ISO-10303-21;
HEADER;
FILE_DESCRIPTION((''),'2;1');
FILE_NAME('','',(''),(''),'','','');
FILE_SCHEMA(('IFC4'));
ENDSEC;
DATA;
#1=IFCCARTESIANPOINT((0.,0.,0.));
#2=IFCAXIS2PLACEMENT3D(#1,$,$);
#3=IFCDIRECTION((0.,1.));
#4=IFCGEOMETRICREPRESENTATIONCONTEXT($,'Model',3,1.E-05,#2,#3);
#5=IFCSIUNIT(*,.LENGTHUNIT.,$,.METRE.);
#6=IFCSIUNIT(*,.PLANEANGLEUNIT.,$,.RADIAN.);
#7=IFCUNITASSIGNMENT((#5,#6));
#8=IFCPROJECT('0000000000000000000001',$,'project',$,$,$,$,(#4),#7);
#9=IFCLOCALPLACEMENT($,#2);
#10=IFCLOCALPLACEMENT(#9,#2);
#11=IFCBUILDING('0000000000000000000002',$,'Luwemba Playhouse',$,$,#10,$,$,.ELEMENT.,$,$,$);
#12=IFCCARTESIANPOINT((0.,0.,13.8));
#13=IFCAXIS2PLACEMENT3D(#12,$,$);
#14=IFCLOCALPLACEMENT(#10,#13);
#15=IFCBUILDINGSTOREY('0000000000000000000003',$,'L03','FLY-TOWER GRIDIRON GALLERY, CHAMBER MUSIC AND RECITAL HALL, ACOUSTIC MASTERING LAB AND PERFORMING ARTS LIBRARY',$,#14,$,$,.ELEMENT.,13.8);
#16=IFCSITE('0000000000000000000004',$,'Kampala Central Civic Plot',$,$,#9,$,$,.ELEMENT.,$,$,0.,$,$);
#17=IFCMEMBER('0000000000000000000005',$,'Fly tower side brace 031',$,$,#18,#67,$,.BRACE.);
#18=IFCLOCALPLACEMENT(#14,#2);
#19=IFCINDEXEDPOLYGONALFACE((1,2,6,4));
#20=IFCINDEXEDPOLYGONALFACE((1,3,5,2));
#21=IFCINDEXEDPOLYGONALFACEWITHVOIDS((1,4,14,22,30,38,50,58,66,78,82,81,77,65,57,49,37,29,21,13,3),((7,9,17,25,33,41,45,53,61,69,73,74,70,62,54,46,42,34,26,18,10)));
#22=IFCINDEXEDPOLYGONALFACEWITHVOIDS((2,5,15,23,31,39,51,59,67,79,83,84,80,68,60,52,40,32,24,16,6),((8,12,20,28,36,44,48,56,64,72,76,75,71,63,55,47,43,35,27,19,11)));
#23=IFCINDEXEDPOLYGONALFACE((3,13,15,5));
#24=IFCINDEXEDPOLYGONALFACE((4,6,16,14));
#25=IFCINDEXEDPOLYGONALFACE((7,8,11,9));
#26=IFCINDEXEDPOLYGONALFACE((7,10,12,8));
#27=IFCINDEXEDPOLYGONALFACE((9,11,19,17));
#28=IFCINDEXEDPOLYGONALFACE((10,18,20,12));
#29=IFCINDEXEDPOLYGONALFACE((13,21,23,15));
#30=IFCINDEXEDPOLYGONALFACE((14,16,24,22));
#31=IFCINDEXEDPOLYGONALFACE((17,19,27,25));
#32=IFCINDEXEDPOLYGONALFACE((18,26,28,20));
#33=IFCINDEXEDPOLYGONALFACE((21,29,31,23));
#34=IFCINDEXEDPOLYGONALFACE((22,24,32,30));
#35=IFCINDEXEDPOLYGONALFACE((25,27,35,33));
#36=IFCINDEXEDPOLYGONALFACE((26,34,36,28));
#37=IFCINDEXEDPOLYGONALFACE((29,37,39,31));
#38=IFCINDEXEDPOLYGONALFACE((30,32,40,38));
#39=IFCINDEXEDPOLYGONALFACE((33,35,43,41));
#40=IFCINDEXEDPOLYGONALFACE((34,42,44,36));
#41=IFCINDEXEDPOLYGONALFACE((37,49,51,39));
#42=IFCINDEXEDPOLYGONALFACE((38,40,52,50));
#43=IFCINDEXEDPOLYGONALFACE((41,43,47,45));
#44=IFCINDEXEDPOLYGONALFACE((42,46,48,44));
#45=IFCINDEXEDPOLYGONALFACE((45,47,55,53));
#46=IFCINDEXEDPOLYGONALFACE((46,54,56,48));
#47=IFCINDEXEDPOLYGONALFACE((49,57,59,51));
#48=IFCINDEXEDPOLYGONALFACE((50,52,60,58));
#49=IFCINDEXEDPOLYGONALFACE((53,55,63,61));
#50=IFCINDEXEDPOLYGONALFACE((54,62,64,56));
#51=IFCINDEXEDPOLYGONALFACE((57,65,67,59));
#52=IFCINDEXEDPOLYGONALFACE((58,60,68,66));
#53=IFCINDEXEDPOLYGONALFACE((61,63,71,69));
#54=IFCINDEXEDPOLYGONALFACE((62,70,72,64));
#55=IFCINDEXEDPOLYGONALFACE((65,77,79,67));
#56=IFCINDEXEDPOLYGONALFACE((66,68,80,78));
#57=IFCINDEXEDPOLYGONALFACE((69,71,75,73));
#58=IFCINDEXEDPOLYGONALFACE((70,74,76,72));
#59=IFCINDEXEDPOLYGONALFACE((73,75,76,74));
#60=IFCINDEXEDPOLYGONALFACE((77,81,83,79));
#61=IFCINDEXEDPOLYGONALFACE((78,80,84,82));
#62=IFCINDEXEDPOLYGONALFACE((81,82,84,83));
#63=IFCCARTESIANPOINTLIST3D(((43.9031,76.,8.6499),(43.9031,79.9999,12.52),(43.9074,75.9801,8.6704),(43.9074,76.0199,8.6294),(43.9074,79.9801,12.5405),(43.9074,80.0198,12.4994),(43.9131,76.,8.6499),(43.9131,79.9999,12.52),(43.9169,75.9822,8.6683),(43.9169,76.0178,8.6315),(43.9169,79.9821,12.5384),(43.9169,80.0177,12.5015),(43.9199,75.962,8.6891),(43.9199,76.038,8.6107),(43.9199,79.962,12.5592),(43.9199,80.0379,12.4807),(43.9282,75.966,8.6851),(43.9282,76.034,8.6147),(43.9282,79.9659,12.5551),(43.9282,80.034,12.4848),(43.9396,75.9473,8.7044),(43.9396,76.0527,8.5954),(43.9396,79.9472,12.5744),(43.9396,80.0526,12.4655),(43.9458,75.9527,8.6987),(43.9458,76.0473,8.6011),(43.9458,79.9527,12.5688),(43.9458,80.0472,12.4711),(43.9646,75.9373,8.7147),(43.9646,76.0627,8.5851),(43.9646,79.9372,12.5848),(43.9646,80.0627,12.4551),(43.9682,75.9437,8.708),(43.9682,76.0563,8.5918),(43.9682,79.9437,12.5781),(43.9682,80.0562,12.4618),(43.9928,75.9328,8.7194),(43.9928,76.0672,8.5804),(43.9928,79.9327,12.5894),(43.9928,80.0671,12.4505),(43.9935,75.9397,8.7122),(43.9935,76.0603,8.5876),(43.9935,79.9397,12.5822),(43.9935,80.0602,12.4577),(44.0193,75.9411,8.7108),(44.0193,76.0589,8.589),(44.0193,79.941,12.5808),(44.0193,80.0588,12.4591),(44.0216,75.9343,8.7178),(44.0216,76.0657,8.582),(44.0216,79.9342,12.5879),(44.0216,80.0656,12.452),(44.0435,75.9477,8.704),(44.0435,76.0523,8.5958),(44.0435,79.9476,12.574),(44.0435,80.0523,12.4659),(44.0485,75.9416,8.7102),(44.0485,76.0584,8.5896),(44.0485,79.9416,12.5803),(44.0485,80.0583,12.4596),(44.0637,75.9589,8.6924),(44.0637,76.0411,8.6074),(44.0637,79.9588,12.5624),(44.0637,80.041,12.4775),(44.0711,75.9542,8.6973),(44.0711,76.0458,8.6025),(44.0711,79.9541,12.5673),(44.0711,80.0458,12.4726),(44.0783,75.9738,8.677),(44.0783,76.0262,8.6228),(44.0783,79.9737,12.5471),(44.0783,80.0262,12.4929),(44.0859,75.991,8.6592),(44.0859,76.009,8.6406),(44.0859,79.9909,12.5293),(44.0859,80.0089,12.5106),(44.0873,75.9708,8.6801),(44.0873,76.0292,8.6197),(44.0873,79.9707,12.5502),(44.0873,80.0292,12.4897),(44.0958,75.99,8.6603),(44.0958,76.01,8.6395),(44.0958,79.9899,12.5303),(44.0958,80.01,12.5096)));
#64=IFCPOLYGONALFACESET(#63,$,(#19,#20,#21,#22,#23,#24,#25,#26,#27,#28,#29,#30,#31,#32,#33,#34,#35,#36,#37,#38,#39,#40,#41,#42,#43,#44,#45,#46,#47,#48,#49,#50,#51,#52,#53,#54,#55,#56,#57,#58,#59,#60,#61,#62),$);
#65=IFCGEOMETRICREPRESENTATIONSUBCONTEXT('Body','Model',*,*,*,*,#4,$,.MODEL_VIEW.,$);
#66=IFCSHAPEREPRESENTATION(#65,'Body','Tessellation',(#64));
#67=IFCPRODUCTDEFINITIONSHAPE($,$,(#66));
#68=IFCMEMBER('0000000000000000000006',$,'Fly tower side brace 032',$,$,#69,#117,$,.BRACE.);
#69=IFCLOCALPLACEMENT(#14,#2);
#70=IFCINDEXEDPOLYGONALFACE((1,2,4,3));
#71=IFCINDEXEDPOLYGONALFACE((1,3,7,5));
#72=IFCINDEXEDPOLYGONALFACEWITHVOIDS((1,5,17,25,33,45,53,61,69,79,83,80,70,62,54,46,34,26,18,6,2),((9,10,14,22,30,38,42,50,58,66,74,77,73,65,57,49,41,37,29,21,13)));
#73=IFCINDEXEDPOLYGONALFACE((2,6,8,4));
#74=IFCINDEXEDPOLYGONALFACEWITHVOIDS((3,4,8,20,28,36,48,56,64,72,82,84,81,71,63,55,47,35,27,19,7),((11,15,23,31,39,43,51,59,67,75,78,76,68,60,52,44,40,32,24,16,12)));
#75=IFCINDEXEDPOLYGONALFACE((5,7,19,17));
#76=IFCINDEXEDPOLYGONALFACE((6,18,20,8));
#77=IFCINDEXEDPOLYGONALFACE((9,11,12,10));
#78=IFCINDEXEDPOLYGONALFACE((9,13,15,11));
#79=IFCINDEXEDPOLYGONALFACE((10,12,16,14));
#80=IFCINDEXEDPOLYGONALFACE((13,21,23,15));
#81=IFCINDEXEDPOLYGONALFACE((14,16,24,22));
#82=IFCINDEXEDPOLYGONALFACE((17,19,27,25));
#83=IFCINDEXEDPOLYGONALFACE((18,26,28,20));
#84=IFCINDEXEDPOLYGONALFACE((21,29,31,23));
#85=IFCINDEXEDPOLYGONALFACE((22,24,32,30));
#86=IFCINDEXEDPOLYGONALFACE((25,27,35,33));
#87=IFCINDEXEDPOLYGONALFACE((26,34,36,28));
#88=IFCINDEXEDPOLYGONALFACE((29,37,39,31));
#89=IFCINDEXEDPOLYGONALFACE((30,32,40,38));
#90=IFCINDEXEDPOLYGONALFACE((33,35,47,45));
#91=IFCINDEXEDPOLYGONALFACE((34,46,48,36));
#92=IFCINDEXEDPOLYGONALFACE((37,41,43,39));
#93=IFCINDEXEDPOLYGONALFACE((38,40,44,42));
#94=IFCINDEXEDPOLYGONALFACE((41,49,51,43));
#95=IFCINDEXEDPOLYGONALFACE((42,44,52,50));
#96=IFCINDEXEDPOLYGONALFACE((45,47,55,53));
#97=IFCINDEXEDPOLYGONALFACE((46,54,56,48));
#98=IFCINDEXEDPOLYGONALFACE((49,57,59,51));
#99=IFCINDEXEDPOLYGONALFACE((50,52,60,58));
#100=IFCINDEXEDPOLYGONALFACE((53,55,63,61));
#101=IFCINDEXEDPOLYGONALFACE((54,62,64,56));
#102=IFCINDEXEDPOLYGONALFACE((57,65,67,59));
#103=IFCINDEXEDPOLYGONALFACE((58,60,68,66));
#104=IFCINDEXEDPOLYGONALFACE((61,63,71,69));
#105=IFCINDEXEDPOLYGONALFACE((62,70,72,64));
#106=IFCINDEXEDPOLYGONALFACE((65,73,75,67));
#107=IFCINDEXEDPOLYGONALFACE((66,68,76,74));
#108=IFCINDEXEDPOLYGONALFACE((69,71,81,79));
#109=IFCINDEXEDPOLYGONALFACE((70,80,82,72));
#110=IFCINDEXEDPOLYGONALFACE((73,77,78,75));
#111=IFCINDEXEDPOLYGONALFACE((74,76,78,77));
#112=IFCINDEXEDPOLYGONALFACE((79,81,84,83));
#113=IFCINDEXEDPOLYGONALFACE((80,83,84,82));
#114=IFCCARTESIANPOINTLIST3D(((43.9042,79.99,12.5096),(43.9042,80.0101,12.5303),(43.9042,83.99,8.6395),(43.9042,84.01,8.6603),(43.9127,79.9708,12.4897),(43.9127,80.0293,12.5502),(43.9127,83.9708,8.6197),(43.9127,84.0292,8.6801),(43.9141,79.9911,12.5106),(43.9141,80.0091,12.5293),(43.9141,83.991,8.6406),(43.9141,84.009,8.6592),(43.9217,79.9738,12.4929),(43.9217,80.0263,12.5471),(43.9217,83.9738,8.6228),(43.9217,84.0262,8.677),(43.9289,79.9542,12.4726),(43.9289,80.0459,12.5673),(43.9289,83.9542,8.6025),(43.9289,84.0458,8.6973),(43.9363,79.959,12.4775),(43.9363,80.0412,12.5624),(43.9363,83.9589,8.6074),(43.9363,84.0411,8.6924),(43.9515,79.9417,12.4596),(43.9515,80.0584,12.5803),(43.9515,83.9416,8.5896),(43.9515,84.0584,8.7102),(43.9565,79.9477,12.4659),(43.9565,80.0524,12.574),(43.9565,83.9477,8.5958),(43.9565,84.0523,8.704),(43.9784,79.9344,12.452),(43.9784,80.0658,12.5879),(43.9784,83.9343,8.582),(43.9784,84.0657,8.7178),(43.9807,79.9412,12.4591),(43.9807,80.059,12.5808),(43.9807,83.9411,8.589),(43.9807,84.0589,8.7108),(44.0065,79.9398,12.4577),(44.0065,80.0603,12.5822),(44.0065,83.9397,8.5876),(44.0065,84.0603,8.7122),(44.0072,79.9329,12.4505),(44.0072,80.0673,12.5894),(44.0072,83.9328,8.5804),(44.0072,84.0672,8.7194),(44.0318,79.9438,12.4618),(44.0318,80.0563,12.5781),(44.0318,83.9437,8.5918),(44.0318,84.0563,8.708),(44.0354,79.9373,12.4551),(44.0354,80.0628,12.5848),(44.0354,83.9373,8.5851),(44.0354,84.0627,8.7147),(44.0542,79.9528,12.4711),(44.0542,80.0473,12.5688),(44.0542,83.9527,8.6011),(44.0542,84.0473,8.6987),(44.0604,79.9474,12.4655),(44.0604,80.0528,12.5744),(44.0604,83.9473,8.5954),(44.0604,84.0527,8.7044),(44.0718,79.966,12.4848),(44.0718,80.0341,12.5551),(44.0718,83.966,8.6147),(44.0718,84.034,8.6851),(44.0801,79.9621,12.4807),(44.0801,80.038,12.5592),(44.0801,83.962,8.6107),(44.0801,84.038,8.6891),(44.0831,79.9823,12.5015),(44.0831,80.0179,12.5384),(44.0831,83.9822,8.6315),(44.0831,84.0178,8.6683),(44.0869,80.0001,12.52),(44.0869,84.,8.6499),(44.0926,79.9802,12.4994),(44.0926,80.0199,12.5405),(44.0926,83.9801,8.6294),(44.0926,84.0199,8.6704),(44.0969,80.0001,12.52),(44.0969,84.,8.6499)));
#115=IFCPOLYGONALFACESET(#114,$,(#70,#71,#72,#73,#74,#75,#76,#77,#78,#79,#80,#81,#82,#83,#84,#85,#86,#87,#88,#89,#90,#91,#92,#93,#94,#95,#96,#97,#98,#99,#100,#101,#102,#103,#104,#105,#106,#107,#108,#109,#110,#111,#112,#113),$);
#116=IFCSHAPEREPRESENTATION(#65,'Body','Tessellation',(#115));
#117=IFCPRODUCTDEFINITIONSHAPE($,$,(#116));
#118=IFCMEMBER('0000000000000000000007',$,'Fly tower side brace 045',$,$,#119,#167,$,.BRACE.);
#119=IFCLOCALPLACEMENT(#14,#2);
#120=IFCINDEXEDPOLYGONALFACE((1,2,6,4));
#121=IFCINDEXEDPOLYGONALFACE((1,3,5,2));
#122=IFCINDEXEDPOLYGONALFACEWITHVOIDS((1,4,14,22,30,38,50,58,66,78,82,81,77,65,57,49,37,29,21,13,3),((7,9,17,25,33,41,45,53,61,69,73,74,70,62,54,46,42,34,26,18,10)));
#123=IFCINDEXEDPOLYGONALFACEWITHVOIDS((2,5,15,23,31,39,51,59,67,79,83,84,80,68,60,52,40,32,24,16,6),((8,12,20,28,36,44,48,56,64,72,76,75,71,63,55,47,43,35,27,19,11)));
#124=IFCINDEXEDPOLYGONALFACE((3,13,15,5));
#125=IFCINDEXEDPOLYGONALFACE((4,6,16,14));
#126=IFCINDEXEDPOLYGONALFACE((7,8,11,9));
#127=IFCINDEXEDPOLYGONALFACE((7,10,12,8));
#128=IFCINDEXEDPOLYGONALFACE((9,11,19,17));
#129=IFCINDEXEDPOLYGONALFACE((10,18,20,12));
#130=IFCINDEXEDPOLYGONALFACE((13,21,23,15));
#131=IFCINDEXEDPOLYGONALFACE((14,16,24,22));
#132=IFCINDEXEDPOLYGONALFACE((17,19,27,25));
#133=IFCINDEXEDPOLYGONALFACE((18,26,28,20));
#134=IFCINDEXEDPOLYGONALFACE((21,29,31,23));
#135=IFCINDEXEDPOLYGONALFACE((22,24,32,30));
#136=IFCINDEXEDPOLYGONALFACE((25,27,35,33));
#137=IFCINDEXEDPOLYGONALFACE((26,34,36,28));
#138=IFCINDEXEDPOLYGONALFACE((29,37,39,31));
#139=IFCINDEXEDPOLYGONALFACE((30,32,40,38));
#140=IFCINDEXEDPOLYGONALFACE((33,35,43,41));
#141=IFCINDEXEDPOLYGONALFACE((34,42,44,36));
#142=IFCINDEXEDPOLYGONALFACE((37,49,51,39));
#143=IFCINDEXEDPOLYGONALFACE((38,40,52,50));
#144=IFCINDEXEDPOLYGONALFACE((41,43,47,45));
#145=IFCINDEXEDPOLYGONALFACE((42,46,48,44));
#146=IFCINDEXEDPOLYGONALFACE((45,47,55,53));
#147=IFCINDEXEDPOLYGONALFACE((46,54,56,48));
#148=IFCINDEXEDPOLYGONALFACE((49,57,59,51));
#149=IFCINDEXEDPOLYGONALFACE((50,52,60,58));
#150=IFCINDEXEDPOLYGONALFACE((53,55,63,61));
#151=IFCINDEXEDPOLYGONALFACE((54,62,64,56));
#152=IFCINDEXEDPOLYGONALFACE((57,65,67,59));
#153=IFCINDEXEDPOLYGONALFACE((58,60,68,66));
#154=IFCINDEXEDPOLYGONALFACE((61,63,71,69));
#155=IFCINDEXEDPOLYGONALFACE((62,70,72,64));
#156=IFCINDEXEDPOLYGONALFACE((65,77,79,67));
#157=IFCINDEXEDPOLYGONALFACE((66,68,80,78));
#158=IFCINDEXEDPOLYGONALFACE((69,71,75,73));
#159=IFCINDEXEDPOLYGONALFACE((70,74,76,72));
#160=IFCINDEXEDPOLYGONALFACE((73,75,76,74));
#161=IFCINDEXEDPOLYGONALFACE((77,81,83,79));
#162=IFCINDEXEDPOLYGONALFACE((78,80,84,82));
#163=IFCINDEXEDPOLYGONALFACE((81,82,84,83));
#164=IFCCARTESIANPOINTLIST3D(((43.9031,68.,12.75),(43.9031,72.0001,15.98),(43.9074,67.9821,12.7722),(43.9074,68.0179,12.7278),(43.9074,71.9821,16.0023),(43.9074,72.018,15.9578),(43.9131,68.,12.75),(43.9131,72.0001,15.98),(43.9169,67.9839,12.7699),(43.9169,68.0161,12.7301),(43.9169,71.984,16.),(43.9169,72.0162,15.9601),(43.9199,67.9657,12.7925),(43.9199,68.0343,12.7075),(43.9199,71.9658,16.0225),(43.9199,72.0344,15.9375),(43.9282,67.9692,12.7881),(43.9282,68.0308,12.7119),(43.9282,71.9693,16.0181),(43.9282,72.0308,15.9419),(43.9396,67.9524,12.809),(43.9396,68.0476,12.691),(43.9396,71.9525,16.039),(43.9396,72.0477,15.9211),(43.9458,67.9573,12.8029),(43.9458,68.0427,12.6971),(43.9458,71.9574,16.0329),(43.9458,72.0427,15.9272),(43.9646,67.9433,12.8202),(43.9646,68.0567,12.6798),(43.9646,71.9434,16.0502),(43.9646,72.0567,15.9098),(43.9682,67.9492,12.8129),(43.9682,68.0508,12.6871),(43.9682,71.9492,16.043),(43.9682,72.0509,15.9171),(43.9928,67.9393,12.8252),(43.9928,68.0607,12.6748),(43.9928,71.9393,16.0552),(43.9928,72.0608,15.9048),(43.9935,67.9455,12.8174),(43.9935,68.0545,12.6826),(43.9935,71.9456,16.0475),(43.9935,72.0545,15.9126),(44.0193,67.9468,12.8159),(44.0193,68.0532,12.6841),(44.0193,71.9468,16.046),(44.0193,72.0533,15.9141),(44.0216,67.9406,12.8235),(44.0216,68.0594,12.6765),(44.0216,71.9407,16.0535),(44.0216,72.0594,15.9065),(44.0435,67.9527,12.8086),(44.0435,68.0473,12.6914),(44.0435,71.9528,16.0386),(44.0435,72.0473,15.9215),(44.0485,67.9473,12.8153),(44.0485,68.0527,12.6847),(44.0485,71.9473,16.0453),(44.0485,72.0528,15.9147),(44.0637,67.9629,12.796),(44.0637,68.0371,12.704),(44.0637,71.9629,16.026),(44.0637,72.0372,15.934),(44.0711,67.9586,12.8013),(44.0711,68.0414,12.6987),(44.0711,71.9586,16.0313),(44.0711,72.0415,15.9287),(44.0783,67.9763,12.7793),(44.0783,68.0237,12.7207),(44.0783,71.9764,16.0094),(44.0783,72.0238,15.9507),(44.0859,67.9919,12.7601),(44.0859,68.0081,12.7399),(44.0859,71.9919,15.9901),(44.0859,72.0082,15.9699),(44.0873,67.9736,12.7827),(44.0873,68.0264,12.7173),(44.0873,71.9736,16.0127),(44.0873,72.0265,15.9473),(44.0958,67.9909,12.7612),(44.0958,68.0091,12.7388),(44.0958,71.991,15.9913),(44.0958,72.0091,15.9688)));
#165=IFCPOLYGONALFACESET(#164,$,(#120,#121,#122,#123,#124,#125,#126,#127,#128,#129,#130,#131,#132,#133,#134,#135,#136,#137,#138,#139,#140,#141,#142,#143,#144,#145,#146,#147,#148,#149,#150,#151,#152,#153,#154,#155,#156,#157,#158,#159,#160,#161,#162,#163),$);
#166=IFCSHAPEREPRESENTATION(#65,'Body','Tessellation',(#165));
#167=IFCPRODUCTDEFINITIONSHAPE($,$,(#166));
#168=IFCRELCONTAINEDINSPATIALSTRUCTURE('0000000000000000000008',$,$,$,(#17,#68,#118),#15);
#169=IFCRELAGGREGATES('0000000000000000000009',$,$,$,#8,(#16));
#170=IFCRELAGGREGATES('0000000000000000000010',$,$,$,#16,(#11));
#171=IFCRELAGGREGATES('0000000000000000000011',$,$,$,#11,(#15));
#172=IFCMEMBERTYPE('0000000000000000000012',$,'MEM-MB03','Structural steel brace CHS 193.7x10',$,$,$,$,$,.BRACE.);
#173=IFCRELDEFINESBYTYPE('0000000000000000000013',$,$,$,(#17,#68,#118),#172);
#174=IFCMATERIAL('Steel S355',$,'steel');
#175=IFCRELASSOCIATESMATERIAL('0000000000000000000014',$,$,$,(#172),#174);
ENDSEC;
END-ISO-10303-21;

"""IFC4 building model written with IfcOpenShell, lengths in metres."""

from ifc_helpers import new_model, si_unit, direction, frame, origin, origin_2d, place, context, subcontext, project, spatial, hollow_circle, extrude, material, material_profile, profile_set, type_object, element, save


model = new_model("IFC4")

# Units and contexts
model_context = context("Model", 3, precision=1e-05, world=origin(), true_north=direction((0.0, 1.0)))
body_context = subcontext(model_context, "Body", "Model", "MODEL_VIEW")
ifc_project = project(units=[si_unit("LENGTHUNIT", "METRE"), si_unit("PLANEANGLEUNIT", "RADIAN")], contexts=[model_context])

# Site, building, storey
site_placement = place(None, origin())
site = spatial("IfcSite", under=ifc_project, at=site_placement, Name="Kampala Central Civic Plot", CompositionType="ELEMENT", RefElevation=0.0)
building_placement = place(site_placement, origin())
building = spatial("IfcBuilding", under=site, at=building_placement, Name="Luwemba Playhouse", CompositionType="ELEMENT")
storey_placement = place(building_placement, frame((0.0, 0.0, 13.8)))
storey = spatial("IfcBuildingStorey", under=building, at=storey_placement, Name="L03", Description="FLY-TOWER GRIDIRON GALLERY, CHAMBER MUSIC AND RECITAL HALL, ACOUSTIC MASTERING LAB AND PERFORMING ARTS LIBRARY", CompositionType="ELEMENT", Elevation=13.8)

# Shared definitions
ifc_material = material(Name="Steel S355", Category="steel")

# Members
ifc_material_profile_1 = material_profile(ifc_material, hollow_circle(Radius=0.0969, WallThickness=0.01, at=origin_2d()))
ifc_profile_set_1 = profile_set([ifc_material_profile_1], Name="Steel S355")
member_type_1 = type_object("IfcMemberType", Name="MEM-MB03", Description="Structural steel brace CHS 193.7x10", PredefinedType="BRACE", material=ifc_profile_set_1)
for number, where, z_axis, x_axis, name in (
    (1, (44.0, 76.0, 8.6499), (0.0, 0.718679, 0.695343), (-1.0, 0.0, 0.0), "Fly tower side brace 031"),
    (2, (44.0, 84.0, 8.6499), (0.0, -0.718679, 0.695343), (1.0, 0.0, 0.0), "Fly tower side brace 032"),
):
    element("IfcMember", number, at=place(storey_placement, frame(where, z_axis=z_axis, x_axis=x_axis)), inside=storey, type_object=member_type_1, Name=name, PredefinedType="BRACE", context=body_context, shape_type="SweptSolid", body=[
        extrude(hollow_circle(Radius=0.0969, WallThickness=0.01, at=origin_2d()), origin(), (0.0, 0.0, 1.0), 5.5657),
    ])
for number, where, z_axis, x_axis, name in (
    (3, (44.0, 68.0, 12.75), (0.0, 0.778016, 0.628244), (-1.0, 0.0, 0.0), "Fly tower side brace 045"),
):
    element("IfcMember", number, at=place(storey_placement, frame(where, z_axis=z_axis, x_axis=x_axis)), inside=storey, type_object=member_type_1, Name=name, PredefinedType="BRACE", context=body_context, shape_type="SweptSolid", body=[
        extrude(hollow_circle(Radius=0.0969, WallThickness=0.01, at=origin_2d()), origin(), (0.0, 0.0, 1.0), 5.1414),
    ])

save(model, "model.ifc")
